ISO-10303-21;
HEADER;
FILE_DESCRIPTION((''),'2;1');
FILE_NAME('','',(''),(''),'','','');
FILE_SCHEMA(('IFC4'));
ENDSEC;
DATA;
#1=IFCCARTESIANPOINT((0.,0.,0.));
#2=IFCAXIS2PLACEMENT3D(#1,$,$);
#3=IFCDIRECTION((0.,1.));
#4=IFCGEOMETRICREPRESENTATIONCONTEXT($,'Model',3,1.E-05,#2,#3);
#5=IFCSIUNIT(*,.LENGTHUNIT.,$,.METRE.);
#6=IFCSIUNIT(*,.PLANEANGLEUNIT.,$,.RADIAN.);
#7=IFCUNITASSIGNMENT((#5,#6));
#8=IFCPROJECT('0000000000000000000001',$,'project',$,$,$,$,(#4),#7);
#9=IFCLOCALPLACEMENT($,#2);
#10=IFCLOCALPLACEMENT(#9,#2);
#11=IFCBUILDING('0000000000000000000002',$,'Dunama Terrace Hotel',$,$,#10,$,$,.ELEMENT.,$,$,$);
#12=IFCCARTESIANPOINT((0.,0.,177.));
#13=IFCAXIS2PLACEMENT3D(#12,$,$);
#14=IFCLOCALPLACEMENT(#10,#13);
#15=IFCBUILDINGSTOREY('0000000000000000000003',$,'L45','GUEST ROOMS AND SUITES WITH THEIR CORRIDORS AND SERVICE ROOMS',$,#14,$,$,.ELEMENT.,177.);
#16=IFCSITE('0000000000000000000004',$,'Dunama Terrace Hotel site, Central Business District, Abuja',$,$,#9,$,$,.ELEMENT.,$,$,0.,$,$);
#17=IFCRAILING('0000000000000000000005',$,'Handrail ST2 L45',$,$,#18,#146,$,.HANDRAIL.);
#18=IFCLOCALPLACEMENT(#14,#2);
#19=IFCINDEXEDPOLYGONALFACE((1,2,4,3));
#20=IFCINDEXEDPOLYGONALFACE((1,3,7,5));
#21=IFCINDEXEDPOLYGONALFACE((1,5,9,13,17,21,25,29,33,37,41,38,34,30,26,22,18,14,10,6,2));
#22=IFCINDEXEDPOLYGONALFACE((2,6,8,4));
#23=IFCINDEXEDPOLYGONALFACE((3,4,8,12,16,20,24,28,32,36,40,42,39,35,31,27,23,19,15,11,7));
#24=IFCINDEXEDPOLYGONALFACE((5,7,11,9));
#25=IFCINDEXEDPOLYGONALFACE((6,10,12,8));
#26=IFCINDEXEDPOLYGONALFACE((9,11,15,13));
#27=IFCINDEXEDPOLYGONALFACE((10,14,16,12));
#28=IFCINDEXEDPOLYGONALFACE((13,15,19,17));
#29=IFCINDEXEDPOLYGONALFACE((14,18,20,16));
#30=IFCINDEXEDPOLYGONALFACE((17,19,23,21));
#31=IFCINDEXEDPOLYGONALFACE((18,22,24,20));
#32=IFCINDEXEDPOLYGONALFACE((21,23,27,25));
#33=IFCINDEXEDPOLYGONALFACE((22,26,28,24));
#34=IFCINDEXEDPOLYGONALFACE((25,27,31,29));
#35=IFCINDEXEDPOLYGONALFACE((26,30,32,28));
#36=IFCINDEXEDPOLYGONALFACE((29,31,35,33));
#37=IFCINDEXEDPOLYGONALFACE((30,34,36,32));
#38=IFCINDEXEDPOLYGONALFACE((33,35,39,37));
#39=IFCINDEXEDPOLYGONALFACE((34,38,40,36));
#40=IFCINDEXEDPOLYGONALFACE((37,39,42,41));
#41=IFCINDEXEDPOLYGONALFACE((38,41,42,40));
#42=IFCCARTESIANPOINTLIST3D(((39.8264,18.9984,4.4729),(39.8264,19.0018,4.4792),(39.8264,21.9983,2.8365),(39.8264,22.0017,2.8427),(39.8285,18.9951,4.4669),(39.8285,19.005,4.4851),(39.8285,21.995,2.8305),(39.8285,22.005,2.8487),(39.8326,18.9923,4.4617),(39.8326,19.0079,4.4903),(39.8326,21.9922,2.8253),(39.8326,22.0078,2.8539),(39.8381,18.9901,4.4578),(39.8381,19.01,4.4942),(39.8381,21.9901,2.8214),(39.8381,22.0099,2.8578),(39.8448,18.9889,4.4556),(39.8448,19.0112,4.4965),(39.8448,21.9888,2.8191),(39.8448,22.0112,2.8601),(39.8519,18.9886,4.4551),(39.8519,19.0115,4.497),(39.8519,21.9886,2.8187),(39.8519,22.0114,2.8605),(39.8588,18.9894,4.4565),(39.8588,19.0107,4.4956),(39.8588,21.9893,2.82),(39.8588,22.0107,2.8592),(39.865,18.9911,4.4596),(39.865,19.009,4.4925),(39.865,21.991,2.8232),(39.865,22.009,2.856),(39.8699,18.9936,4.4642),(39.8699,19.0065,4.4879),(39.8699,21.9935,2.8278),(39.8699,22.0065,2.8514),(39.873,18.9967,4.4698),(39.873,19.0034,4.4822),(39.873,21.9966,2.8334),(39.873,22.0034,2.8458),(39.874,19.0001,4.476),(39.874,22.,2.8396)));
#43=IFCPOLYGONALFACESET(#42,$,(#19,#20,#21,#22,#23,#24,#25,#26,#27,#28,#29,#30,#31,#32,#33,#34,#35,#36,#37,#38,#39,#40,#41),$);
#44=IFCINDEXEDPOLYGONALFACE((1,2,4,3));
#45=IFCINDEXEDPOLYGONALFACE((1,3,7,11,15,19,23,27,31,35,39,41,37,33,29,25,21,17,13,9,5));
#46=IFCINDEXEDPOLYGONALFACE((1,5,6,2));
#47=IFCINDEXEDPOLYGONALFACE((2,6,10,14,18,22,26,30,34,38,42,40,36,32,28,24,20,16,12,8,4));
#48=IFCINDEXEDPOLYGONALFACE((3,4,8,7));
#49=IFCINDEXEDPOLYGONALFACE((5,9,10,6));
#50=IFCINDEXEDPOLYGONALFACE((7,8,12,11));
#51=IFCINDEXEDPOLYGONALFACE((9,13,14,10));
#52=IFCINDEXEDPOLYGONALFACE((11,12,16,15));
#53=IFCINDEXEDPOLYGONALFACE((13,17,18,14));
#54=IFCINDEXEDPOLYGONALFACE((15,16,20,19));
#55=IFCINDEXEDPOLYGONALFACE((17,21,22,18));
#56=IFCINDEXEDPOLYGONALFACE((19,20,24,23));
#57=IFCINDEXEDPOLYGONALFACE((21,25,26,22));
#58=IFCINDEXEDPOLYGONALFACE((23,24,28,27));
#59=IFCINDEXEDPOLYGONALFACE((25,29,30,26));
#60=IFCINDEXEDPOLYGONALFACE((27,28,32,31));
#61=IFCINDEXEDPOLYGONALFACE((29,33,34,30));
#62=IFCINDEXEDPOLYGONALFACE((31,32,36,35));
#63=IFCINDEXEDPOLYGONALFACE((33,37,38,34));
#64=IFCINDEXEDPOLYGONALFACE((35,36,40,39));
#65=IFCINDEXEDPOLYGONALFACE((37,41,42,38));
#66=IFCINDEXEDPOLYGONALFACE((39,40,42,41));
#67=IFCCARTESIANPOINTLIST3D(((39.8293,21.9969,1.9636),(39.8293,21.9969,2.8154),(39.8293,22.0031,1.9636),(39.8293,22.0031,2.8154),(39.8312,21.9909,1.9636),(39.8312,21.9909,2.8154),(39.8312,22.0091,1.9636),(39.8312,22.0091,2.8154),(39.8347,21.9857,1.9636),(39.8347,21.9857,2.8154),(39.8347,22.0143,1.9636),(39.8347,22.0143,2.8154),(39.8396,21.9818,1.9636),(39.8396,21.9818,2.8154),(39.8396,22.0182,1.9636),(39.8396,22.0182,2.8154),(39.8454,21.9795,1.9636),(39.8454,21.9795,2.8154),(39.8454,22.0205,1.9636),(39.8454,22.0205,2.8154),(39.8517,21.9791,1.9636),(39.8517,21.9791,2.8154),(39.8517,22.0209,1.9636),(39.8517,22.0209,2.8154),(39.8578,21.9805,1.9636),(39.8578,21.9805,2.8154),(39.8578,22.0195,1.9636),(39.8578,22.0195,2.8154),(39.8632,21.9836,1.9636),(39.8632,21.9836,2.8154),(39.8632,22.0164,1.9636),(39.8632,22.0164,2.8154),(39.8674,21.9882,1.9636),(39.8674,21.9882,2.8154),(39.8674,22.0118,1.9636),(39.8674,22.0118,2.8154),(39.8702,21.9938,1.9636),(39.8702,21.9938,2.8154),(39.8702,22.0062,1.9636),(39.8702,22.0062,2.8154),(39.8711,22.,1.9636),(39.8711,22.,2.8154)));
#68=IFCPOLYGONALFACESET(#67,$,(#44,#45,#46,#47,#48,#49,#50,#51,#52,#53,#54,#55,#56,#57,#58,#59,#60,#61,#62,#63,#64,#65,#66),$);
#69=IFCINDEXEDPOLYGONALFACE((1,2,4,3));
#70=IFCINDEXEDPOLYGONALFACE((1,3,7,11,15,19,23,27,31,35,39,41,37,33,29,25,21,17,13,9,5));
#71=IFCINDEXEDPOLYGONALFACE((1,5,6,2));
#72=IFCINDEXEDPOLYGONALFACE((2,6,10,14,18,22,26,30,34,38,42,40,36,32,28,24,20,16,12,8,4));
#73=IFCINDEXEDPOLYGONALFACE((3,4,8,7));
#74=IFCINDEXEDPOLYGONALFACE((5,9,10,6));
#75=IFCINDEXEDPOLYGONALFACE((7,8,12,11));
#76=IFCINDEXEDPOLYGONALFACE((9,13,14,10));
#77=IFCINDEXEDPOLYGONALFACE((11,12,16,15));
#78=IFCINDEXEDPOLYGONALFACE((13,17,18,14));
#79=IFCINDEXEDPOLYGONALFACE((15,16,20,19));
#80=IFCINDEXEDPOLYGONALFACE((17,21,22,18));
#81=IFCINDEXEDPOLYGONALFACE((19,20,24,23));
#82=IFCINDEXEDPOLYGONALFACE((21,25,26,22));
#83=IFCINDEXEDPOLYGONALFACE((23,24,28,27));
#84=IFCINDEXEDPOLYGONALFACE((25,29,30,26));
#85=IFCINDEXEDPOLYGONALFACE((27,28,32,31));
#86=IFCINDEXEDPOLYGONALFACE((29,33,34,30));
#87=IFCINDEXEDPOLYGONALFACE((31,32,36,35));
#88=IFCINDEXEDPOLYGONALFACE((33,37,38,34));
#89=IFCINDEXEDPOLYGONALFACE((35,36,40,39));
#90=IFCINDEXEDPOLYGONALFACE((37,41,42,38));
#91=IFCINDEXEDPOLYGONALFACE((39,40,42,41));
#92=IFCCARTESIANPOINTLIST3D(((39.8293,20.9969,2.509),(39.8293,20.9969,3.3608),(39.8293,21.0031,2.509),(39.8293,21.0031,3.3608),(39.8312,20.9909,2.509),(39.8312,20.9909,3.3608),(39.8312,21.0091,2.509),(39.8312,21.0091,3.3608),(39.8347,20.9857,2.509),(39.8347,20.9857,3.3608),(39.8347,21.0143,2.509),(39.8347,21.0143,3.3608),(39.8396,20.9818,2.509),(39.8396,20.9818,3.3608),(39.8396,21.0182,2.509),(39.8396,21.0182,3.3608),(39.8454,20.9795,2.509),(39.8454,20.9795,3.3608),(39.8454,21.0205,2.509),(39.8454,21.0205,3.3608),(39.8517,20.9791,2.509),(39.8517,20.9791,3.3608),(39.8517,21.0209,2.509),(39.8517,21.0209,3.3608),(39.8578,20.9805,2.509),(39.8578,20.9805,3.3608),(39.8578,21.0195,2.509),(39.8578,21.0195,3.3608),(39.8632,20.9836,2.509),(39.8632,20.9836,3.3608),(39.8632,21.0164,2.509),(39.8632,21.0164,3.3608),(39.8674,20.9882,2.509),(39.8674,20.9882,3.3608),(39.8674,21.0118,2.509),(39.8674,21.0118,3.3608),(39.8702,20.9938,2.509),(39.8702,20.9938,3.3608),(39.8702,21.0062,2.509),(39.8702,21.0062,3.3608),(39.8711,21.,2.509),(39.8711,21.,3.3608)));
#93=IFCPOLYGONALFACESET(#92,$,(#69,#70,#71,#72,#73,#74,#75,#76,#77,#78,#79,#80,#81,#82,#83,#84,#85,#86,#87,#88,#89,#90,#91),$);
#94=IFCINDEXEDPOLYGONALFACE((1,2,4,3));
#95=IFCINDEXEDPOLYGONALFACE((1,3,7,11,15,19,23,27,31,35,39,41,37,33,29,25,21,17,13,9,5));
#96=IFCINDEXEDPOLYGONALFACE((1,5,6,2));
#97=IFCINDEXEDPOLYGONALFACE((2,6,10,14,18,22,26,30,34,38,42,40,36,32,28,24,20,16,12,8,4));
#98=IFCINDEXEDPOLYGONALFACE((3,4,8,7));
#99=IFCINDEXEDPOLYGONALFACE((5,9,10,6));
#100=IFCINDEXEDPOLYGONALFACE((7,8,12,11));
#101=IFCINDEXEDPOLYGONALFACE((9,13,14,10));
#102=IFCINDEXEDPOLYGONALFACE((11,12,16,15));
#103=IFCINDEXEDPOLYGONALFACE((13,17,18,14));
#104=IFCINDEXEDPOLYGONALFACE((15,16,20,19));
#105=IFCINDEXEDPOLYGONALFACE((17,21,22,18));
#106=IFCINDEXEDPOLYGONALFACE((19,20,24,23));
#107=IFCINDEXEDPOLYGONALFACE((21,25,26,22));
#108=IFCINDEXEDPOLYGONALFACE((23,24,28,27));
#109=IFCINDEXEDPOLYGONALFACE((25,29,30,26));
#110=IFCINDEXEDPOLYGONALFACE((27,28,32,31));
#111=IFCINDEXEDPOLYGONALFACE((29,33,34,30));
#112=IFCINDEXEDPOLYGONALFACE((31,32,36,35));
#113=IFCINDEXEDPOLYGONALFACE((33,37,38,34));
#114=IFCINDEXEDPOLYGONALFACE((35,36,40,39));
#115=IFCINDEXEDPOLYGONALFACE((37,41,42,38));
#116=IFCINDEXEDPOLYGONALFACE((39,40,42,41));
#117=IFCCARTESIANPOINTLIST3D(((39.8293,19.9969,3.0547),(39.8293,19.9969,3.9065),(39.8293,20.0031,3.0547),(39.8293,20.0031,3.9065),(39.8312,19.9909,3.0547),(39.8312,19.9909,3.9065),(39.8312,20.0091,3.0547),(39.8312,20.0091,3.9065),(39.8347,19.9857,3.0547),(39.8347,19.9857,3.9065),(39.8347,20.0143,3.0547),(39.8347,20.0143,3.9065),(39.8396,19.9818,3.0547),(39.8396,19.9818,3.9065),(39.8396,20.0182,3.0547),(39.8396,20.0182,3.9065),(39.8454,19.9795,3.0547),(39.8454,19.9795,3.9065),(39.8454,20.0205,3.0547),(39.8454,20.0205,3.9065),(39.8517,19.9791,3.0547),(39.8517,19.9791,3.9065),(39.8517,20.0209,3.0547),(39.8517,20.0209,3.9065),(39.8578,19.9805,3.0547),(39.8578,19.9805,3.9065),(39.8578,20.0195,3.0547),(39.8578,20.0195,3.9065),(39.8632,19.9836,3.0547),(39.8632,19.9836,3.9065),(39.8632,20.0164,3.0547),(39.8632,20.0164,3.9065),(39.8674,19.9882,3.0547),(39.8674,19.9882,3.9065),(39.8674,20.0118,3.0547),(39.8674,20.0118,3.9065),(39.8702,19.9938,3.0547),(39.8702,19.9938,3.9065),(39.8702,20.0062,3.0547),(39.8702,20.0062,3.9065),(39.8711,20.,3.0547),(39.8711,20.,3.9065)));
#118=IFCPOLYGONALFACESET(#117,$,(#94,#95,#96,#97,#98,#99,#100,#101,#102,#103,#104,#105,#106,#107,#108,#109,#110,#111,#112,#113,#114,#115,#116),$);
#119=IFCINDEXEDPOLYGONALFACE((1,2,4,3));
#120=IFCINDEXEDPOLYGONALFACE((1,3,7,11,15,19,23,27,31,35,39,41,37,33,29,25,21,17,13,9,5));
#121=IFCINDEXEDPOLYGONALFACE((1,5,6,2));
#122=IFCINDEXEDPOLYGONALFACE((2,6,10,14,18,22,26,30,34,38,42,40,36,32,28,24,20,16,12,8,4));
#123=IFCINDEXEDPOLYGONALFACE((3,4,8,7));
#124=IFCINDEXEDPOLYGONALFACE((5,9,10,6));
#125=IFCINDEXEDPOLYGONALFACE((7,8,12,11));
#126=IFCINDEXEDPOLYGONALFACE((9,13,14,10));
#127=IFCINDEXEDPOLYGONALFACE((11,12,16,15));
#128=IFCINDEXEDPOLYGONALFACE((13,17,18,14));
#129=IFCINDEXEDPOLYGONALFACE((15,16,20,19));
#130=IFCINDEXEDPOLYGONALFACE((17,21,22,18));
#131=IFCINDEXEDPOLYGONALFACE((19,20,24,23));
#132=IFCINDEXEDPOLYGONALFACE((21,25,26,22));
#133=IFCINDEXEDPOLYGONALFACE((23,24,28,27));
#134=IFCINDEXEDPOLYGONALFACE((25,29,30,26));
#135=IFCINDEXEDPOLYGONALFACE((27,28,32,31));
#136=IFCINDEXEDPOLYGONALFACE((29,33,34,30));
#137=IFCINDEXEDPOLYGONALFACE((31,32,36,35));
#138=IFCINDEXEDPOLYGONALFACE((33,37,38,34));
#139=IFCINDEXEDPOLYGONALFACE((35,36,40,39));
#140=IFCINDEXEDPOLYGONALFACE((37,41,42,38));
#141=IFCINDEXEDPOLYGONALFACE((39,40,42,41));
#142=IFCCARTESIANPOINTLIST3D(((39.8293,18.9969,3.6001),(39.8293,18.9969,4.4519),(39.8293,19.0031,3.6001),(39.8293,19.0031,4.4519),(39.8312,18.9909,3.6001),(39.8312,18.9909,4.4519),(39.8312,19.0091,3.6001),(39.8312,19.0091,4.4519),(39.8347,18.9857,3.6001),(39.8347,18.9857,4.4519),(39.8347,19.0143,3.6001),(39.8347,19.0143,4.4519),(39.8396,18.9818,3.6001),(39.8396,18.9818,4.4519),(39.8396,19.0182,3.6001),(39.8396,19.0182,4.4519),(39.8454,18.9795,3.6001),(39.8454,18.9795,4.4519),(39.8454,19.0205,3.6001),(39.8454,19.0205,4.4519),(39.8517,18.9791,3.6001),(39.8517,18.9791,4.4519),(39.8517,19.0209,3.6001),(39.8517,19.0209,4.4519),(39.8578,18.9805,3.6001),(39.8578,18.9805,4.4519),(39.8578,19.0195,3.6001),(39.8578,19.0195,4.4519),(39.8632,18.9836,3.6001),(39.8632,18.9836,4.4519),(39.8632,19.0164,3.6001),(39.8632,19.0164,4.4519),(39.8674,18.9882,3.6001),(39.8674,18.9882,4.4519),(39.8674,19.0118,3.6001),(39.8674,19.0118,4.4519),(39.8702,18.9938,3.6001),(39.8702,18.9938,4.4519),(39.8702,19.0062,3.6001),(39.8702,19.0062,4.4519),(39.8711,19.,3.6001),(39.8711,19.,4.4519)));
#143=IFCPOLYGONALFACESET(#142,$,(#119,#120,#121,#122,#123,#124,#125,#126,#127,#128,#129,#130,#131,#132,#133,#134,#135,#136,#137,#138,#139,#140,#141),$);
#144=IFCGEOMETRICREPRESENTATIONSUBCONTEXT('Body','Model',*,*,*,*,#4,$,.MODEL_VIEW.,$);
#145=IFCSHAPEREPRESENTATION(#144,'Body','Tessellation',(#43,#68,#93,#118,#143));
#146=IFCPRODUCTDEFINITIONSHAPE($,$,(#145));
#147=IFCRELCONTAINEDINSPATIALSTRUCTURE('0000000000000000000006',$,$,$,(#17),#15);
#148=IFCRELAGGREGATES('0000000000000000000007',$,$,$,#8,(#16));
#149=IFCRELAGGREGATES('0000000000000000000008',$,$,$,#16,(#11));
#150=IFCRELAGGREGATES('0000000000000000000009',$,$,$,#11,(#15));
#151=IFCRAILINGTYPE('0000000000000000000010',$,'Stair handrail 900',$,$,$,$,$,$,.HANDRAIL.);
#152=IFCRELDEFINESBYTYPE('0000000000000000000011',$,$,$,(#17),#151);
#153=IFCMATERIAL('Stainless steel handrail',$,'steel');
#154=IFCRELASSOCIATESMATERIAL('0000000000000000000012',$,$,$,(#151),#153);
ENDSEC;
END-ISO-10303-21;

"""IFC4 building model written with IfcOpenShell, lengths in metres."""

from ifc_helpers import new_model, si_unit, direction, frame, origin, origin_2d, place, context, subcontext, project, spatial, circle, extrude, material, type_object, element, save


model = new_model("IFC4")

# Units and contexts
model_context = context("Model", 3, precision=1e-05, world=origin(), true_north=direction((0.0, 1.0)))
body_context = subcontext(model_context, "Body", "Model", "MODEL_VIEW")
ifc_project = project(units=[si_unit("LENGTHUNIT", "METRE"), si_unit("PLANEANGLEUNIT", "RADIAN")], contexts=[model_context])

# Site, building, storey
site_placement = place(None, origin())
site = spatial("IfcSite", under=ifc_project, at=site_placement, Name="Dunama Terrace Hotel site, Central Business District, Abuja", CompositionType="ELEMENT", RefElevation=0.0)
building_placement = place(site_placement, origin())
building = spatial("IfcBuilding", under=site, at=building_placement, Name="Dunama Terrace Hotel", CompositionType="ELEMENT")
storey_placement = place(building_placement, frame((0.0, 0.0, 177.0)))
storey = spatial("IfcBuildingStorey", under=building, at=storey_placement, Name="L45", Description="GUEST ROOMS AND SUITES WITH THEIR CORRIDORS AND SERVICE ROOMS", CompositionType="ELEMENT", Elevation=177.0)

# Railing
ifc_material_1 = material(Name="Stainless steel handrail", Category="steel")
railing_type_1 = type_object("IfcRailingType", Name="Stair handrail 900", PredefinedType="HANDRAIL", material=ifc_material_1)
railing_1_placement = place(storey_placement, frame((39.8501, 22.0, 1.9636)))
element("IfcRailing", 1, at=railing_1_placement, inside=storey, type_object=railing_type_1, Name="Handrail ST2 L45", PredefinedType="HANDRAIL", context=body_context, shape_type="SweptSolid", body=[
    extrude(circle(Radius=0.0239, at=origin_2d()), frame((0.0, 0.0, 0.876), z_axis=(0.0, -0.877882, 0.478877), x_axis=(1.0, 0.0, 0.0)), (0.0, 0.0, 1.0), 3.4172),
    extrude(circle(Radius=0.021, at=origin_2d()), origin(), (0.0, 0.0, 1.0), 0.8518),
    extrude(circle(Radius=0.021, at=origin_2d()), frame((0.0, -1.0, 0.5454)), (0.0, 0.0, 1.0), 0.8518),
    extrude(circle(Radius=0.021, at=origin_2d()), frame((0.0, -2.0, 1.0911)), (0.0, 0.0, 1.0), 0.8518),
    extrude(circle(Radius=0.021, at=origin_2d()), frame((0.0, -3.0, 1.6365)), (0.0, 0.0, 1.0), 0.8518),
])

save(model, "model.ifc")
